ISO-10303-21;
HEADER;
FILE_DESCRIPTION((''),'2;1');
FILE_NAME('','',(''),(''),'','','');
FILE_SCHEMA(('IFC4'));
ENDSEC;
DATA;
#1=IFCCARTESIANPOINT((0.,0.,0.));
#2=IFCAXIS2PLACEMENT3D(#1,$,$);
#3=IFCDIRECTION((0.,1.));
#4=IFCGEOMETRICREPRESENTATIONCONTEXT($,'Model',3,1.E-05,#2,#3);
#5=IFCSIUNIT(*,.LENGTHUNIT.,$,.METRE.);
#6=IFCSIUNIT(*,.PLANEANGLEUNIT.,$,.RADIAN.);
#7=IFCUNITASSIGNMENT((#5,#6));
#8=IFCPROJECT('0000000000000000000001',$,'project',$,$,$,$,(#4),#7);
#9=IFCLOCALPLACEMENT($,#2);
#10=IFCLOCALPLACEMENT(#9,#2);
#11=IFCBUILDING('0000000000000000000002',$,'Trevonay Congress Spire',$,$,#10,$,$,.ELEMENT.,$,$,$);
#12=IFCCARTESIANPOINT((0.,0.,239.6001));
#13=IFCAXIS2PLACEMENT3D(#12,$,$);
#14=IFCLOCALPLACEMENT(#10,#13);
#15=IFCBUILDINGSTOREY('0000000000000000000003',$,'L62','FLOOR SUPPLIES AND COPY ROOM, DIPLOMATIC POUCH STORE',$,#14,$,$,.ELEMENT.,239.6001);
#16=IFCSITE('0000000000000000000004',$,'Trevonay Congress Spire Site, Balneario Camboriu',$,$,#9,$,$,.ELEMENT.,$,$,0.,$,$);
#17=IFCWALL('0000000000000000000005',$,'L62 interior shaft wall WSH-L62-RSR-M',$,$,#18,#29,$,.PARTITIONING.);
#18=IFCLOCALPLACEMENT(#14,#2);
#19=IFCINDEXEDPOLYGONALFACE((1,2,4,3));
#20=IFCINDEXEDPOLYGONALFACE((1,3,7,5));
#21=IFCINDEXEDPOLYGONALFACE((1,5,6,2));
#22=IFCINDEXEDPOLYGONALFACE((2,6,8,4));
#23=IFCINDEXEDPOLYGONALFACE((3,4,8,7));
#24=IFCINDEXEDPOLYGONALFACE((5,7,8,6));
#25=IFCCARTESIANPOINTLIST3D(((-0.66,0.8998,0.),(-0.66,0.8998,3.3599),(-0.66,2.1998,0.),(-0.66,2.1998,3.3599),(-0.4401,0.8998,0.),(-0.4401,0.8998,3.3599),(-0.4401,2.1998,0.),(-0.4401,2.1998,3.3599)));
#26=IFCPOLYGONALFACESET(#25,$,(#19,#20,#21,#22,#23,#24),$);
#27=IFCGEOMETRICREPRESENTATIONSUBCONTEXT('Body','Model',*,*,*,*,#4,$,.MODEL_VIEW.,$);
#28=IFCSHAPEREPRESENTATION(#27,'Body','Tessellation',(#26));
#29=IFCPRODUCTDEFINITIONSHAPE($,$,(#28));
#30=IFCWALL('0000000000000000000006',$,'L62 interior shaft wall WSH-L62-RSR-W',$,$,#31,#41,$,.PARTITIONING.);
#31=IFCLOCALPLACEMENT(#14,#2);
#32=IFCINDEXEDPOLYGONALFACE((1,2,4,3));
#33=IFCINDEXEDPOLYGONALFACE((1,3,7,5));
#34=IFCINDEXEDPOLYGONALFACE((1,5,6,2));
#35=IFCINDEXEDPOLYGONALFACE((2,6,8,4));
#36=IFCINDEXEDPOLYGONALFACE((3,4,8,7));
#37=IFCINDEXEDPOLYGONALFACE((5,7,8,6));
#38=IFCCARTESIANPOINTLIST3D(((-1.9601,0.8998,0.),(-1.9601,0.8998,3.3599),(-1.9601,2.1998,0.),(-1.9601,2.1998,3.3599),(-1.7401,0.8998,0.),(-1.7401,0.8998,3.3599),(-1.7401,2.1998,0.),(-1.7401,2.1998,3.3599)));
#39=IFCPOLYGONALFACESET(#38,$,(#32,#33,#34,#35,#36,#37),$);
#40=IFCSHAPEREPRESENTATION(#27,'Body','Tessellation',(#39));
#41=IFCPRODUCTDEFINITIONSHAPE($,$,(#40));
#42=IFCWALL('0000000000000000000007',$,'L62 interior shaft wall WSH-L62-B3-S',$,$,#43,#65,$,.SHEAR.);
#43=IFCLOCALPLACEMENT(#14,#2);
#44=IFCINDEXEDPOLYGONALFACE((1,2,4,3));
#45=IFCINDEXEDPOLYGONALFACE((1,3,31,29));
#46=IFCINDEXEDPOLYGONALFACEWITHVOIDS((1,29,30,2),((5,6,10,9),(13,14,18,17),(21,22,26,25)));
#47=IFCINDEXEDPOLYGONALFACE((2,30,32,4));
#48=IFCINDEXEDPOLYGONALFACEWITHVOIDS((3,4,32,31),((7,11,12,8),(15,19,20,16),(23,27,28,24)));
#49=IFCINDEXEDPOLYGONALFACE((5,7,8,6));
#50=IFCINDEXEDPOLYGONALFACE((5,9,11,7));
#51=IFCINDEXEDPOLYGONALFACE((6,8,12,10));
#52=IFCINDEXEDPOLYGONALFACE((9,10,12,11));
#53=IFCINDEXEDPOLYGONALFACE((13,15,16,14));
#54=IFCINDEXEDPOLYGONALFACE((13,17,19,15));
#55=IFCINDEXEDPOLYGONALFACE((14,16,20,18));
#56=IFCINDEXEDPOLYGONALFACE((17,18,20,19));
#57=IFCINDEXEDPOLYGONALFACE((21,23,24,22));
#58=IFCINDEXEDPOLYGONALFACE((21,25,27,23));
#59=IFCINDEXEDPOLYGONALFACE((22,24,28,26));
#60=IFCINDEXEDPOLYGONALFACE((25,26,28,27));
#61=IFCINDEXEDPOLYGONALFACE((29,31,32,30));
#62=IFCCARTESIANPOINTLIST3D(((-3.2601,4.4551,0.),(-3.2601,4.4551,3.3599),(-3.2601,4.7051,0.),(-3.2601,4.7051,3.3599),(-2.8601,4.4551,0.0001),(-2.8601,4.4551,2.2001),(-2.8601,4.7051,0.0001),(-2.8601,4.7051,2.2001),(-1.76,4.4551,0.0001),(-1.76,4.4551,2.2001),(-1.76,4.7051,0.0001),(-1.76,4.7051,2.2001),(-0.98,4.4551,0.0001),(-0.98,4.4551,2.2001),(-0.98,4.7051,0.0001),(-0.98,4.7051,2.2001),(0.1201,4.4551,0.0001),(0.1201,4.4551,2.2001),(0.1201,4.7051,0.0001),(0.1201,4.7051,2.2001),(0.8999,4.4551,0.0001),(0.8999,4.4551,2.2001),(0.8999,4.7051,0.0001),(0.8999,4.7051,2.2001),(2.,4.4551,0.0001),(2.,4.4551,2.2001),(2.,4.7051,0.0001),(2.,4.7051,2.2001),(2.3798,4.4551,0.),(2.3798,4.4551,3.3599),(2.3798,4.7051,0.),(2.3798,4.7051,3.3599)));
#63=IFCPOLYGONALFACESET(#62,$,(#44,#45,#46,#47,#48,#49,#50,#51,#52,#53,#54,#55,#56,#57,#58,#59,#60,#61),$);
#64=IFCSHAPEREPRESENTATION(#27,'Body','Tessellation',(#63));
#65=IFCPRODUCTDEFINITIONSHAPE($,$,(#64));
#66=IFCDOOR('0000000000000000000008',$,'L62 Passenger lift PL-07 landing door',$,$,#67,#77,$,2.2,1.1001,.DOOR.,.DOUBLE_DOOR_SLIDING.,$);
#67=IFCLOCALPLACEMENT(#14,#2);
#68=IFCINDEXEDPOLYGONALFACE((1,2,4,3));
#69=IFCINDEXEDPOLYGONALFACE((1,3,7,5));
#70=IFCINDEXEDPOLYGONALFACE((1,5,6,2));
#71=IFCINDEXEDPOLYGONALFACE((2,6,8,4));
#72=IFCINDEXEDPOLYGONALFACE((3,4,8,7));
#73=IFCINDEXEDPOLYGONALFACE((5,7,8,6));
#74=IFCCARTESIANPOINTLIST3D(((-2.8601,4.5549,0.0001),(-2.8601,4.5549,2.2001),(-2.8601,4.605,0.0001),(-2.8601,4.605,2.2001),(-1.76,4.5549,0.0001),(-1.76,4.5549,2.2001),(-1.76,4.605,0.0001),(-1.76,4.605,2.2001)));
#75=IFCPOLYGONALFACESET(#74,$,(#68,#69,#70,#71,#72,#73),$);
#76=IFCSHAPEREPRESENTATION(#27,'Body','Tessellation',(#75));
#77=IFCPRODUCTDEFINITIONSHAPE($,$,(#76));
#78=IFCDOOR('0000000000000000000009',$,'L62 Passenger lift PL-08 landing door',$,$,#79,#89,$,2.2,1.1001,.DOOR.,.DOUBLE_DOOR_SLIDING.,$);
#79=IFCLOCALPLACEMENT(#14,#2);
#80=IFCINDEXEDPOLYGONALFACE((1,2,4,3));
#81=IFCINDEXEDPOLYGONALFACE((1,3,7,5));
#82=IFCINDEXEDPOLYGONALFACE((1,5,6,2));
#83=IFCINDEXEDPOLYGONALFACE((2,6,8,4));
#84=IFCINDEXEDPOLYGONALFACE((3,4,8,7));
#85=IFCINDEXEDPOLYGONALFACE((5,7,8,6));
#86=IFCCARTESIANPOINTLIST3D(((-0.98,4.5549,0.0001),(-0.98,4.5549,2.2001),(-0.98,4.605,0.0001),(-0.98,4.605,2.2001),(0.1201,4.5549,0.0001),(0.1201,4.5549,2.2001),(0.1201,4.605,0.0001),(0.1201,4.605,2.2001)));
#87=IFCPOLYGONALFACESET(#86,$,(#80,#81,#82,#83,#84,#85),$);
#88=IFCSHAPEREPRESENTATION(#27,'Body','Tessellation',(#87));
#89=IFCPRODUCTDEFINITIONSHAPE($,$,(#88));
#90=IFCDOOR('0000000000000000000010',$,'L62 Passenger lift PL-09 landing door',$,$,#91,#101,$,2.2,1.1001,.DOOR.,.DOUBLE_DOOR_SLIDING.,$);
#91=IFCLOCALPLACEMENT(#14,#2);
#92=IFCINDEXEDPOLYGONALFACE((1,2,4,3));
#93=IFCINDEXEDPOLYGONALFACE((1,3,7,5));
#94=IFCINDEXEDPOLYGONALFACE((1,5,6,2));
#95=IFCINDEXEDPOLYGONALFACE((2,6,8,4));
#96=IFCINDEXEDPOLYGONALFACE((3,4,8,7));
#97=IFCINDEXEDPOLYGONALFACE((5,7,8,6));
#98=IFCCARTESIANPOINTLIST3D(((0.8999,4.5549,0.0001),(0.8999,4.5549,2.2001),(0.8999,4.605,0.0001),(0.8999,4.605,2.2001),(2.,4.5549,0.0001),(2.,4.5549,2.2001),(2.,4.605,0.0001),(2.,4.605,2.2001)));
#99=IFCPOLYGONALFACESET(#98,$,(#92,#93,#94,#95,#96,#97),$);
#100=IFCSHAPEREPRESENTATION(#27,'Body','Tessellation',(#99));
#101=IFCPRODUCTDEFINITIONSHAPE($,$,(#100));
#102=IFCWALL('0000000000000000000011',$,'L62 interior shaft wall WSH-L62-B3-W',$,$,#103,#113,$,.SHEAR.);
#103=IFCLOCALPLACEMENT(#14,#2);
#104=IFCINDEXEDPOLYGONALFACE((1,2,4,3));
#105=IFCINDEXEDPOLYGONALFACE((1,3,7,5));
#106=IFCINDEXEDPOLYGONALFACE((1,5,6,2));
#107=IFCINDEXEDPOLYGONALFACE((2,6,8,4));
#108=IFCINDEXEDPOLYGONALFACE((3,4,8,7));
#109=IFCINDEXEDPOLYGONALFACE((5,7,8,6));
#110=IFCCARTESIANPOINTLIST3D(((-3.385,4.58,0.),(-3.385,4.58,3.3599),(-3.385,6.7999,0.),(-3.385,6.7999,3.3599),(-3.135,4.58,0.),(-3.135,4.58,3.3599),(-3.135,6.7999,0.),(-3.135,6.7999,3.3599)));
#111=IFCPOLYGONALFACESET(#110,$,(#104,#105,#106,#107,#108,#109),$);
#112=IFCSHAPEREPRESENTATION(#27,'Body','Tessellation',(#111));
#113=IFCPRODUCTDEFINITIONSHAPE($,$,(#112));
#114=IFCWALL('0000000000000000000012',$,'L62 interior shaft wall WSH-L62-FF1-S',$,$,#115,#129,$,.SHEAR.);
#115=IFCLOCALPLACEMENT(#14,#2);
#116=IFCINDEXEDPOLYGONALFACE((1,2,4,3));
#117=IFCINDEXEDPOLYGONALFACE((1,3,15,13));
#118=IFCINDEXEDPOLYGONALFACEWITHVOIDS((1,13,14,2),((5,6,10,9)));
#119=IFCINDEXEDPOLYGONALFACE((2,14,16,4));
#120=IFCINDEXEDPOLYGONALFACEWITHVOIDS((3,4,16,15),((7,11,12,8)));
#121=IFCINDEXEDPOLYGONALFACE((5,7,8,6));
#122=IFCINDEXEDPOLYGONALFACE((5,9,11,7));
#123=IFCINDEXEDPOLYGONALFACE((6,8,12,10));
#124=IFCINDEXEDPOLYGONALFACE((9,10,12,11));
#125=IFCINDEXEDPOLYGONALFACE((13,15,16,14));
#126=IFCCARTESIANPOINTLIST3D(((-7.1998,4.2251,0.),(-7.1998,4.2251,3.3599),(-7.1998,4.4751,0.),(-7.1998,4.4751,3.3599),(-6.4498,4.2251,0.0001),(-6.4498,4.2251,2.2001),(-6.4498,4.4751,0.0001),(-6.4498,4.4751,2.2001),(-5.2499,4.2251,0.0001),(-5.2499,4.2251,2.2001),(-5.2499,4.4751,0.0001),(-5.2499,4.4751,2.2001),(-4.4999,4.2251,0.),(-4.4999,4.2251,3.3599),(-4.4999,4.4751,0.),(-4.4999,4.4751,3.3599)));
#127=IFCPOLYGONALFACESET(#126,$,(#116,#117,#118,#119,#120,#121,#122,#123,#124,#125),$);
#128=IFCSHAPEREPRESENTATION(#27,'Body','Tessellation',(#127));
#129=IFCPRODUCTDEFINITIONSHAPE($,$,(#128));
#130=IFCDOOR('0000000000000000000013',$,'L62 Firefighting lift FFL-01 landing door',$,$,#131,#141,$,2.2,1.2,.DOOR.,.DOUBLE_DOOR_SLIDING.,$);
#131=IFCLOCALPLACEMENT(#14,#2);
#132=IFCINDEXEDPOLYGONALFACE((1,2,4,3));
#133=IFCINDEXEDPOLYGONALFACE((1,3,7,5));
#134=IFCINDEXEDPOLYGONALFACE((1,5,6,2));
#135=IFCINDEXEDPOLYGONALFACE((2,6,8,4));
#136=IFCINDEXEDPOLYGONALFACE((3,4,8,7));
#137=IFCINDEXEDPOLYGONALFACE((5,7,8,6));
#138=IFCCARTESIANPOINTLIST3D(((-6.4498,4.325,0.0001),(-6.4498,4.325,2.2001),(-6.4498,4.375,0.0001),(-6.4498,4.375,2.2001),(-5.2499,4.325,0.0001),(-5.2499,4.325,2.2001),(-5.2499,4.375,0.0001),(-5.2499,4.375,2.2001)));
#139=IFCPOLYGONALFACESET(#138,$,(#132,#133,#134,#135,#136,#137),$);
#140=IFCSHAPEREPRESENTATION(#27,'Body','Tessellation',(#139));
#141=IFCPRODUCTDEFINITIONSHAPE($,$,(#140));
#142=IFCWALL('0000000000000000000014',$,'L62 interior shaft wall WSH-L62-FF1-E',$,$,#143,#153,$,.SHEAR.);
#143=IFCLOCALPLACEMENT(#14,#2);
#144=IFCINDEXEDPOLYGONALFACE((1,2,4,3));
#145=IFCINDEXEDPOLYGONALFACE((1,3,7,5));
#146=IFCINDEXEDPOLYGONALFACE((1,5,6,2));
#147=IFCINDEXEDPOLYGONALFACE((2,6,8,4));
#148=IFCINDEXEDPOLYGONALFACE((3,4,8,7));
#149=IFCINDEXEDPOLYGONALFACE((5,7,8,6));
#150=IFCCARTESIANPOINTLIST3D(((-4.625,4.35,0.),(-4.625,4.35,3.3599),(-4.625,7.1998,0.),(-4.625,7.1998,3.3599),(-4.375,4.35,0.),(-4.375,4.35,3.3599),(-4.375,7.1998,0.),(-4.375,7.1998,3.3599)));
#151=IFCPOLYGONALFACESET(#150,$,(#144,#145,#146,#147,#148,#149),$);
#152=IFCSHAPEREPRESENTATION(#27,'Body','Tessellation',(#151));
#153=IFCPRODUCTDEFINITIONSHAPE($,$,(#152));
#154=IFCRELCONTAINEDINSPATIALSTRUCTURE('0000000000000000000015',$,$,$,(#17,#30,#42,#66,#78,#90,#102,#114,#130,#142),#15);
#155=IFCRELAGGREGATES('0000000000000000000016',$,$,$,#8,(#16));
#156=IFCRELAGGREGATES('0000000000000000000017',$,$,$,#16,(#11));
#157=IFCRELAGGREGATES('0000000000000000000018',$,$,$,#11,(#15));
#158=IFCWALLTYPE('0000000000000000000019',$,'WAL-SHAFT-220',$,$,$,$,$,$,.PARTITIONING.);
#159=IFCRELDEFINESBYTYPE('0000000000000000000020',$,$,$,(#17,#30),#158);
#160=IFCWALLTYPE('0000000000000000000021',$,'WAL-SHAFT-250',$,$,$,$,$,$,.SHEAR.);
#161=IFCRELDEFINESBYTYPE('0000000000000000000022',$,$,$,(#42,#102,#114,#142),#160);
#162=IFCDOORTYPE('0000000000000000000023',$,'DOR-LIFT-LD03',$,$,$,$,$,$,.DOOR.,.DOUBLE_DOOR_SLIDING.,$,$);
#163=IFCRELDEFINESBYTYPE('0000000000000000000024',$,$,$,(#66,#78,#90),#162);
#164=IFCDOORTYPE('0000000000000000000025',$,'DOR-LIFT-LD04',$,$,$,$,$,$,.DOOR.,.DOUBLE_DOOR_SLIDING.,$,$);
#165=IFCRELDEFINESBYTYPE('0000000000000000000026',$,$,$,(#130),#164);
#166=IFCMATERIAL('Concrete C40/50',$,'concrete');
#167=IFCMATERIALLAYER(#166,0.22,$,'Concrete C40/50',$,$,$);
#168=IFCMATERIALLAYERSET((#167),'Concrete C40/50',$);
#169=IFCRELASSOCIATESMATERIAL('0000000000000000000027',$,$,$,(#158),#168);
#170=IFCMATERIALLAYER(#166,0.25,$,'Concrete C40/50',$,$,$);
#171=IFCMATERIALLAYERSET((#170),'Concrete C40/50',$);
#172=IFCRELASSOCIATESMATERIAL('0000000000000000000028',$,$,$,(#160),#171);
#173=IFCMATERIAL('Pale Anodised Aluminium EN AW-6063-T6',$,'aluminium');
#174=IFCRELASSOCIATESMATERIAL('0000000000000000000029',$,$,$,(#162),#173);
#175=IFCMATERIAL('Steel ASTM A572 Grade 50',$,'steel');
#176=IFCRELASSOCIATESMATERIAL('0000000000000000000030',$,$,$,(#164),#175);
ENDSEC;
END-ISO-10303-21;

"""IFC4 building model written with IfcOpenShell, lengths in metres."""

from ifc_helpers import new_model, si_unit, direction, frame, frame_2d, origin, place, context, subcontext, project, spatial, rectangle, extrude, material, layer, layer_set, type_object, element, fill, save


model = new_model("IFC4")

# Units and contexts
model_context = context("Model", 3, precision=1e-05, world=origin(), true_north=direction((0.0, 1.0)))
body_context = subcontext(model_context, "Body", "Model", "MODEL_VIEW")
ifc_project = project(units=[si_unit("LENGTHUNIT", "METRE"), si_unit("PLANEANGLEUNIT", "RADIAN")], contexts=[model_context])

# Site, building, storey
site_placement = place(None, origin())
site = spatial("IfcSite", under=ifc_project, at=site_placement, Name="Trevonay Congress Spire Site, Balneario Camboriu", CompositionType="ELEMENT", RefElevation=0.0)
building_placement = place(site_placement, origin())
building = spatial("IfcBuilding", under=site, at=building_placement, Name="Trevonay Congress Spire", CompositionType="ELEMENT")
storey_placement = place(building_placement, frame((0.0, 0.0, 239.6001)))
storey = spatial("IfcBuildingStorey", under=building, at=storey_placement, Name="L62", Description="FLOOR SUPPLIES AND COPY ROOM, DIPLOMATIC POUCH STORE", CompositionType="ELEMENT", Elevation=239.6001)

# Shared definitions
ifc_material_1 = material(Name="Steel ASTM A572 Grade 50", Category="steel")

# Shared definitions
ifc_material_2 = material(Name="Concrete C40/50", Category="concrete")

# Walls
ifc_layer_1 = layer(ifc_material_2, 0.22, Name="Concrete C40/50")
ifc_layer_set_1 = layer_set([ifc_layer_1], Name="Concrete C40/50")
wall_type_1 = type_object("IfcWallType", Name="WAL-SHAFT-220", PredefinedType="PARTITIONING", material=ifc_layer_set_1)
for number, where, z_axis, x_axis, name in (
    (1, (-0.55, 0.8999, 0.0), (0.0, 0.0, 1.0), (0.0, 1.0, 0.0), "L62 interior shaft wall WSH-L62-RSR-M"),
    (2, (-1.8501, 0.8999, 0.0), (0.0, 0.0, 1.0), (0.0, 1.0, 0.0), "L62 interior shaft wall WSH-L62-RSR-W"),
):
    element("IfcWall", number, at=place(storey_placement, frame(where, z_axis=z_axis, x_axis=x_axis)), inside=storey, type_object=wall_type_1, Name=name, PredefinedType="PARTITIONING", context=body_context, shape_type="SweptSolid", body=[
        extrude(rectangle(XDim=1.3, YDim=0.22, at=frame_2d((0.6499, 0.0))), origin(), (0.0, 0.0, 1.0), 3.3599),
    ])

# Wall, openings, doors
ifc_layer_2 = layer(ifc_material_2, 0.25, Name="Concrete C40/50")
ifc_layer_set_2 = layer_set([ifc_layer_2], Name="Concrete C40/50")
wall_type_2 = type_object("IfcWallType", Name="WAL-SHAFT-250", PredefinedType="SHEAR", material=ifc_layer_set_2)
wall_1_placement = place(storey_placement, frame((-3.26, 4.5801, 0.0), z_axis=(0.0, 0.0, 1.0), x_axis=(1.0, 0.0, 0.0)))
wall_1 = element("IfcWall", 3, at=wall_1_placement, inside=storey, type_object=wall_type_2, Name="L62 interior shaft wall WSH-L62-B3-S", PredefinedType="SHEAR", context=body_context, shape_type="SweptSolid", body=[
    extrude(rectangle(XDim=5.6399, YDim=0.25, at=frame_2d((2.8198, 0.0))), origin(), (0.0, 0.0, 1.0), 3.3599),
])
opening_1_placement = place(wall_1_placement, frame((0.3999, 0.0, 0.0)))
opening_1 = element("IfcOpeningElement", 4, at=opening_1_placement, cuts=wall_1, PredefinedType="OPENING", context=body_context, shape_type="SweptSolid", body=[
    extrude(rectangle(XDim=1.1001, YDim=2.2, at=frame_2d((0.55, 1.1001))), frame((0.0, 0.135, 0.0), z_axis=(0.0, -1.0, 0.0), x_axis=(1.0, 0.0, 0.0)), (0.0, 0.0, 1.0), 0.27),
])
opening_2_placement = place(wall_1_placement, frame((2.28, 0.0, 0.0)))
opening_2 = element("IfcOpeningElement", 5, at=opening_2_placement, cuts=wall_1, PredefinedType="OPENING", context=body_context, shape_type="SweptSolid", body=[
    extrude(rectangle(XDim=1.1001, YDim=2.2, at=frame_2d((0.55, 1.1001))), frame((0.0, 0.135, 0.0), z_axis=(0.0, -1.0, 0.0), x_axis=(1.0, 0.0, 0.0)), (0.0, 0.0, 1.0), 0.27),
])
opening_3_placement = place(wall_1_placement, frame((4.1599, 0.0, 0.0)))
opening_3 = element("IfcOpeningElement", 6, at=opening_3_placement, cuts=wall_1, PredefinedType="OPENING", context=body_context, shape_type="SweptSolid", body=[
    extrude(rectangle(XDim=1.1001, YDim=2.2, at=frame_2d((0.55, 1.1001))), frame((0.0, 0.135, 0.0), z_axis=(0.0, -1.0, 0.0), x_axis=(1.0, 0.0, 0.0)), (0.0, 0.0, 1.0), 0.27),
])
ifc_material_3 = material(Name="Pale Anodised Aluminium EN AW-6063-T6", Category="aluminium")
door_type_1 = type_object("IfcDoorType", Name="DOR-LIFT-LD03", OperationType="DOUBLE_DOOR_SLIDING", PredefinedType="DOOR", material=ifc_material_3)
door_1_placement = place(opening_1_placement, origin())
door_1 = element("IfcDoor", 7, at=door_1_placement, inside=storey, type_object=door_type_1, Name="L62 Passenger lift PL-07 landing door", OperationType="DOUBLE_DOOR_SLIDING", OverallHeight=2.2, OverallWidth=1.1001, PredefinedType="DOOR", context=body_context, shape_type="SweptSolid", body=[
    extrude(rectangle(XDim=1.1001, YDim=2.2, at=frame_2d((0.55, 1.1001))), frame((0.0, 0.0249, 0.0), z_axis=(0.0, -1.0, 0.0), x_axis=(1.0, 0.0, 0.0)), (0.0, 0.0, 1.0), 0.05),
])
fill(opening_1, door_1)
door_2_placement = place(opening_2_placement, origin())
door_2 = element("IfcDoor", 8, at=door_2_placement, inside=storey, type_object=door_type_1, Name="L62 Passenger lift PL-08 landing door", OperationType="DOUBLE_DOOR_SLIDING", OverallHeight=2.2, OverallWidth=1.1001, PredefinedType="DOOR", context=body_context, shape_type="SweptSolid", body=[
    extrude(rectangle(XDim=1.1001, YDim=2.2, at=frame_2d((0.55, 1.1001))), frame((0.0, 0.0249, 0.0), z_axis=(0.0, -1.0, 0.0), x_axis=(1.0, 0.0, 0.0)), (0.0, 0.0, 1.0), 0.05),
])
fill(opening_2, door_2)
door_3_placement = place(opening_3_placement, origin())
door_3 = element("IfcDoor", 9, at=door_3_placement, inside=storey, type_object=door_type_1, Name="L62 Passenger lift PL-09 landing door", OperationType="DOUBLE_DOOR_SLIDING", OverallHeight=2.2, OverallWidth=1.1001, PredefinedType="DOOR", context=body_context, shape_type="SweptSolid", body=[
    extrude(rectangle(XDim=1.1001, YDim=2.2, at=frame_2d((0.55, 1.1001))), frame((0.0, 0.0249, 0.0), z_axis=(0.0, -1.0, 0.0), x_axis=(1.0, 0.0, 0.0)), (0.0, 0.0, 1.0), 0.05),
])
fill(opening_3, door_3)

# Wall
wall_2_placement = place(storey_placement, frame((-3.26, 4.5801, 0.0), z_axis=(0.0, 0.0, 1.0), x_axis=(0.0, 1.0, 0.0)))
element("IfcWall", 10, at=wall_2_placement, inside=storey, type_object=wall_type_2, Name="L62 interior shaft wall WSH-L62-B3-W", PredefinedType="SHEAR", context=body_context, shape_type="SweptSolid", body=[
    extrude(rectangle(XDim=2.22, YDim=0.25, at=frame_2d((1.1099, 0.0))), origin(), (0.0, 0.0, 1.0), 3.3599),
])

# Wall, opening, door
wall_3_placement = place(storey_placement, frame((-7.2, 4.3501, 0.0), z_axis=(0.0, 0.0, 1.0), x_axis=(1.0, 0.0, 0.0)))
wall_3 = element("IfcWall", 11, at=wall_3_placement, inside=storey, type_object=wall_type_2, Name="L62 interior shaft wall WSH-L62-FF1-S", PredefinedType="SHEAR", context=body_context, shape_type="SweptSolid", body=[
    extrude(rectangle(XDim=2.7, YDim=0.25, at=frame_2d((1.3501, 0.0))), origin(), (0.0, 0.0, 1.0), 3.3599),
])
opening_4_placement = place(wall_3_placement, frame((0.75, 0.0, 0.0)))
opening_4 = element("IfcOpeningElement", 12, at=opening_4_placement, cuts=wall_3, PredefinedType="OPENING", context=body_context, shape_type="SweptSolid", body=[
    extrude(rectangle(XDim=1.2, YDim=2.2, at=frame_2d((0.6001, 1.1001))), frame((0.0, 0.135, 0.0), z_axis=(0.0, -1.0, 0.0), x_axis=(1.0, 0.0, 0.0)), (0.0, 0.0, 1.0), 0.27),
])
door_type_2 = type_object("IfcDoorType", Name="DOR-LIFT-LD04", OperationType="DOUBLE_DOOR_SLIDING", PredefinedType="DOOR", material=ifc_material_1)
door_4_placement = place(opening_4_placement, origin())
door_4 = element("IfcDoor", 13, at=door_4_placement, inside=storey, type_object=door_type_2, Name="L62 Firefighting lift FFL-01 landing door", OperationType="DOUBLE_DOOR_SLIDING", OverallHeight=2.2, OverallWidth=1.2, PredefinedType="DOOR", context=body_context, shape_type="SweptSolid", body=[
    extrude(rectangle(XDim=1.2, YDim=2.2, at=frame_2d((0.6001, 1.1001))), frame((0.0, 0.0249, 0.0), z_axis=(0.0, -1.0, 0.0), x_axis=(1.0, 0.0, 0.0)), (0.0, 0.0, 1.0), 0.05),
])
fill(opening_4, door_4)

# Wall
wall_4_placement = place(storey_placement, frame((-4.5, 4.3501, 0.0), z_axis=(0.0, 0.0, 1.0), x_axis=(0.0, 1.0, 0.0)))
element("IfcWall", 14, at=wall_4_placement, inside=storey, type_object=wall_type_2, Name="L62 interior shaft wall WSH-L62-FF1-E", PredefinedType="SHEAR", context=body_context, shape_type="SweptSolid", body=[
    extrude(rectangle(XDim=2.8499, YDim=0.25, at=frame_2d((1.4248, 0.0))), origin(), (0.0, 0.0, 1.0), 3.3599),
])

save(model, "model.ifc")
